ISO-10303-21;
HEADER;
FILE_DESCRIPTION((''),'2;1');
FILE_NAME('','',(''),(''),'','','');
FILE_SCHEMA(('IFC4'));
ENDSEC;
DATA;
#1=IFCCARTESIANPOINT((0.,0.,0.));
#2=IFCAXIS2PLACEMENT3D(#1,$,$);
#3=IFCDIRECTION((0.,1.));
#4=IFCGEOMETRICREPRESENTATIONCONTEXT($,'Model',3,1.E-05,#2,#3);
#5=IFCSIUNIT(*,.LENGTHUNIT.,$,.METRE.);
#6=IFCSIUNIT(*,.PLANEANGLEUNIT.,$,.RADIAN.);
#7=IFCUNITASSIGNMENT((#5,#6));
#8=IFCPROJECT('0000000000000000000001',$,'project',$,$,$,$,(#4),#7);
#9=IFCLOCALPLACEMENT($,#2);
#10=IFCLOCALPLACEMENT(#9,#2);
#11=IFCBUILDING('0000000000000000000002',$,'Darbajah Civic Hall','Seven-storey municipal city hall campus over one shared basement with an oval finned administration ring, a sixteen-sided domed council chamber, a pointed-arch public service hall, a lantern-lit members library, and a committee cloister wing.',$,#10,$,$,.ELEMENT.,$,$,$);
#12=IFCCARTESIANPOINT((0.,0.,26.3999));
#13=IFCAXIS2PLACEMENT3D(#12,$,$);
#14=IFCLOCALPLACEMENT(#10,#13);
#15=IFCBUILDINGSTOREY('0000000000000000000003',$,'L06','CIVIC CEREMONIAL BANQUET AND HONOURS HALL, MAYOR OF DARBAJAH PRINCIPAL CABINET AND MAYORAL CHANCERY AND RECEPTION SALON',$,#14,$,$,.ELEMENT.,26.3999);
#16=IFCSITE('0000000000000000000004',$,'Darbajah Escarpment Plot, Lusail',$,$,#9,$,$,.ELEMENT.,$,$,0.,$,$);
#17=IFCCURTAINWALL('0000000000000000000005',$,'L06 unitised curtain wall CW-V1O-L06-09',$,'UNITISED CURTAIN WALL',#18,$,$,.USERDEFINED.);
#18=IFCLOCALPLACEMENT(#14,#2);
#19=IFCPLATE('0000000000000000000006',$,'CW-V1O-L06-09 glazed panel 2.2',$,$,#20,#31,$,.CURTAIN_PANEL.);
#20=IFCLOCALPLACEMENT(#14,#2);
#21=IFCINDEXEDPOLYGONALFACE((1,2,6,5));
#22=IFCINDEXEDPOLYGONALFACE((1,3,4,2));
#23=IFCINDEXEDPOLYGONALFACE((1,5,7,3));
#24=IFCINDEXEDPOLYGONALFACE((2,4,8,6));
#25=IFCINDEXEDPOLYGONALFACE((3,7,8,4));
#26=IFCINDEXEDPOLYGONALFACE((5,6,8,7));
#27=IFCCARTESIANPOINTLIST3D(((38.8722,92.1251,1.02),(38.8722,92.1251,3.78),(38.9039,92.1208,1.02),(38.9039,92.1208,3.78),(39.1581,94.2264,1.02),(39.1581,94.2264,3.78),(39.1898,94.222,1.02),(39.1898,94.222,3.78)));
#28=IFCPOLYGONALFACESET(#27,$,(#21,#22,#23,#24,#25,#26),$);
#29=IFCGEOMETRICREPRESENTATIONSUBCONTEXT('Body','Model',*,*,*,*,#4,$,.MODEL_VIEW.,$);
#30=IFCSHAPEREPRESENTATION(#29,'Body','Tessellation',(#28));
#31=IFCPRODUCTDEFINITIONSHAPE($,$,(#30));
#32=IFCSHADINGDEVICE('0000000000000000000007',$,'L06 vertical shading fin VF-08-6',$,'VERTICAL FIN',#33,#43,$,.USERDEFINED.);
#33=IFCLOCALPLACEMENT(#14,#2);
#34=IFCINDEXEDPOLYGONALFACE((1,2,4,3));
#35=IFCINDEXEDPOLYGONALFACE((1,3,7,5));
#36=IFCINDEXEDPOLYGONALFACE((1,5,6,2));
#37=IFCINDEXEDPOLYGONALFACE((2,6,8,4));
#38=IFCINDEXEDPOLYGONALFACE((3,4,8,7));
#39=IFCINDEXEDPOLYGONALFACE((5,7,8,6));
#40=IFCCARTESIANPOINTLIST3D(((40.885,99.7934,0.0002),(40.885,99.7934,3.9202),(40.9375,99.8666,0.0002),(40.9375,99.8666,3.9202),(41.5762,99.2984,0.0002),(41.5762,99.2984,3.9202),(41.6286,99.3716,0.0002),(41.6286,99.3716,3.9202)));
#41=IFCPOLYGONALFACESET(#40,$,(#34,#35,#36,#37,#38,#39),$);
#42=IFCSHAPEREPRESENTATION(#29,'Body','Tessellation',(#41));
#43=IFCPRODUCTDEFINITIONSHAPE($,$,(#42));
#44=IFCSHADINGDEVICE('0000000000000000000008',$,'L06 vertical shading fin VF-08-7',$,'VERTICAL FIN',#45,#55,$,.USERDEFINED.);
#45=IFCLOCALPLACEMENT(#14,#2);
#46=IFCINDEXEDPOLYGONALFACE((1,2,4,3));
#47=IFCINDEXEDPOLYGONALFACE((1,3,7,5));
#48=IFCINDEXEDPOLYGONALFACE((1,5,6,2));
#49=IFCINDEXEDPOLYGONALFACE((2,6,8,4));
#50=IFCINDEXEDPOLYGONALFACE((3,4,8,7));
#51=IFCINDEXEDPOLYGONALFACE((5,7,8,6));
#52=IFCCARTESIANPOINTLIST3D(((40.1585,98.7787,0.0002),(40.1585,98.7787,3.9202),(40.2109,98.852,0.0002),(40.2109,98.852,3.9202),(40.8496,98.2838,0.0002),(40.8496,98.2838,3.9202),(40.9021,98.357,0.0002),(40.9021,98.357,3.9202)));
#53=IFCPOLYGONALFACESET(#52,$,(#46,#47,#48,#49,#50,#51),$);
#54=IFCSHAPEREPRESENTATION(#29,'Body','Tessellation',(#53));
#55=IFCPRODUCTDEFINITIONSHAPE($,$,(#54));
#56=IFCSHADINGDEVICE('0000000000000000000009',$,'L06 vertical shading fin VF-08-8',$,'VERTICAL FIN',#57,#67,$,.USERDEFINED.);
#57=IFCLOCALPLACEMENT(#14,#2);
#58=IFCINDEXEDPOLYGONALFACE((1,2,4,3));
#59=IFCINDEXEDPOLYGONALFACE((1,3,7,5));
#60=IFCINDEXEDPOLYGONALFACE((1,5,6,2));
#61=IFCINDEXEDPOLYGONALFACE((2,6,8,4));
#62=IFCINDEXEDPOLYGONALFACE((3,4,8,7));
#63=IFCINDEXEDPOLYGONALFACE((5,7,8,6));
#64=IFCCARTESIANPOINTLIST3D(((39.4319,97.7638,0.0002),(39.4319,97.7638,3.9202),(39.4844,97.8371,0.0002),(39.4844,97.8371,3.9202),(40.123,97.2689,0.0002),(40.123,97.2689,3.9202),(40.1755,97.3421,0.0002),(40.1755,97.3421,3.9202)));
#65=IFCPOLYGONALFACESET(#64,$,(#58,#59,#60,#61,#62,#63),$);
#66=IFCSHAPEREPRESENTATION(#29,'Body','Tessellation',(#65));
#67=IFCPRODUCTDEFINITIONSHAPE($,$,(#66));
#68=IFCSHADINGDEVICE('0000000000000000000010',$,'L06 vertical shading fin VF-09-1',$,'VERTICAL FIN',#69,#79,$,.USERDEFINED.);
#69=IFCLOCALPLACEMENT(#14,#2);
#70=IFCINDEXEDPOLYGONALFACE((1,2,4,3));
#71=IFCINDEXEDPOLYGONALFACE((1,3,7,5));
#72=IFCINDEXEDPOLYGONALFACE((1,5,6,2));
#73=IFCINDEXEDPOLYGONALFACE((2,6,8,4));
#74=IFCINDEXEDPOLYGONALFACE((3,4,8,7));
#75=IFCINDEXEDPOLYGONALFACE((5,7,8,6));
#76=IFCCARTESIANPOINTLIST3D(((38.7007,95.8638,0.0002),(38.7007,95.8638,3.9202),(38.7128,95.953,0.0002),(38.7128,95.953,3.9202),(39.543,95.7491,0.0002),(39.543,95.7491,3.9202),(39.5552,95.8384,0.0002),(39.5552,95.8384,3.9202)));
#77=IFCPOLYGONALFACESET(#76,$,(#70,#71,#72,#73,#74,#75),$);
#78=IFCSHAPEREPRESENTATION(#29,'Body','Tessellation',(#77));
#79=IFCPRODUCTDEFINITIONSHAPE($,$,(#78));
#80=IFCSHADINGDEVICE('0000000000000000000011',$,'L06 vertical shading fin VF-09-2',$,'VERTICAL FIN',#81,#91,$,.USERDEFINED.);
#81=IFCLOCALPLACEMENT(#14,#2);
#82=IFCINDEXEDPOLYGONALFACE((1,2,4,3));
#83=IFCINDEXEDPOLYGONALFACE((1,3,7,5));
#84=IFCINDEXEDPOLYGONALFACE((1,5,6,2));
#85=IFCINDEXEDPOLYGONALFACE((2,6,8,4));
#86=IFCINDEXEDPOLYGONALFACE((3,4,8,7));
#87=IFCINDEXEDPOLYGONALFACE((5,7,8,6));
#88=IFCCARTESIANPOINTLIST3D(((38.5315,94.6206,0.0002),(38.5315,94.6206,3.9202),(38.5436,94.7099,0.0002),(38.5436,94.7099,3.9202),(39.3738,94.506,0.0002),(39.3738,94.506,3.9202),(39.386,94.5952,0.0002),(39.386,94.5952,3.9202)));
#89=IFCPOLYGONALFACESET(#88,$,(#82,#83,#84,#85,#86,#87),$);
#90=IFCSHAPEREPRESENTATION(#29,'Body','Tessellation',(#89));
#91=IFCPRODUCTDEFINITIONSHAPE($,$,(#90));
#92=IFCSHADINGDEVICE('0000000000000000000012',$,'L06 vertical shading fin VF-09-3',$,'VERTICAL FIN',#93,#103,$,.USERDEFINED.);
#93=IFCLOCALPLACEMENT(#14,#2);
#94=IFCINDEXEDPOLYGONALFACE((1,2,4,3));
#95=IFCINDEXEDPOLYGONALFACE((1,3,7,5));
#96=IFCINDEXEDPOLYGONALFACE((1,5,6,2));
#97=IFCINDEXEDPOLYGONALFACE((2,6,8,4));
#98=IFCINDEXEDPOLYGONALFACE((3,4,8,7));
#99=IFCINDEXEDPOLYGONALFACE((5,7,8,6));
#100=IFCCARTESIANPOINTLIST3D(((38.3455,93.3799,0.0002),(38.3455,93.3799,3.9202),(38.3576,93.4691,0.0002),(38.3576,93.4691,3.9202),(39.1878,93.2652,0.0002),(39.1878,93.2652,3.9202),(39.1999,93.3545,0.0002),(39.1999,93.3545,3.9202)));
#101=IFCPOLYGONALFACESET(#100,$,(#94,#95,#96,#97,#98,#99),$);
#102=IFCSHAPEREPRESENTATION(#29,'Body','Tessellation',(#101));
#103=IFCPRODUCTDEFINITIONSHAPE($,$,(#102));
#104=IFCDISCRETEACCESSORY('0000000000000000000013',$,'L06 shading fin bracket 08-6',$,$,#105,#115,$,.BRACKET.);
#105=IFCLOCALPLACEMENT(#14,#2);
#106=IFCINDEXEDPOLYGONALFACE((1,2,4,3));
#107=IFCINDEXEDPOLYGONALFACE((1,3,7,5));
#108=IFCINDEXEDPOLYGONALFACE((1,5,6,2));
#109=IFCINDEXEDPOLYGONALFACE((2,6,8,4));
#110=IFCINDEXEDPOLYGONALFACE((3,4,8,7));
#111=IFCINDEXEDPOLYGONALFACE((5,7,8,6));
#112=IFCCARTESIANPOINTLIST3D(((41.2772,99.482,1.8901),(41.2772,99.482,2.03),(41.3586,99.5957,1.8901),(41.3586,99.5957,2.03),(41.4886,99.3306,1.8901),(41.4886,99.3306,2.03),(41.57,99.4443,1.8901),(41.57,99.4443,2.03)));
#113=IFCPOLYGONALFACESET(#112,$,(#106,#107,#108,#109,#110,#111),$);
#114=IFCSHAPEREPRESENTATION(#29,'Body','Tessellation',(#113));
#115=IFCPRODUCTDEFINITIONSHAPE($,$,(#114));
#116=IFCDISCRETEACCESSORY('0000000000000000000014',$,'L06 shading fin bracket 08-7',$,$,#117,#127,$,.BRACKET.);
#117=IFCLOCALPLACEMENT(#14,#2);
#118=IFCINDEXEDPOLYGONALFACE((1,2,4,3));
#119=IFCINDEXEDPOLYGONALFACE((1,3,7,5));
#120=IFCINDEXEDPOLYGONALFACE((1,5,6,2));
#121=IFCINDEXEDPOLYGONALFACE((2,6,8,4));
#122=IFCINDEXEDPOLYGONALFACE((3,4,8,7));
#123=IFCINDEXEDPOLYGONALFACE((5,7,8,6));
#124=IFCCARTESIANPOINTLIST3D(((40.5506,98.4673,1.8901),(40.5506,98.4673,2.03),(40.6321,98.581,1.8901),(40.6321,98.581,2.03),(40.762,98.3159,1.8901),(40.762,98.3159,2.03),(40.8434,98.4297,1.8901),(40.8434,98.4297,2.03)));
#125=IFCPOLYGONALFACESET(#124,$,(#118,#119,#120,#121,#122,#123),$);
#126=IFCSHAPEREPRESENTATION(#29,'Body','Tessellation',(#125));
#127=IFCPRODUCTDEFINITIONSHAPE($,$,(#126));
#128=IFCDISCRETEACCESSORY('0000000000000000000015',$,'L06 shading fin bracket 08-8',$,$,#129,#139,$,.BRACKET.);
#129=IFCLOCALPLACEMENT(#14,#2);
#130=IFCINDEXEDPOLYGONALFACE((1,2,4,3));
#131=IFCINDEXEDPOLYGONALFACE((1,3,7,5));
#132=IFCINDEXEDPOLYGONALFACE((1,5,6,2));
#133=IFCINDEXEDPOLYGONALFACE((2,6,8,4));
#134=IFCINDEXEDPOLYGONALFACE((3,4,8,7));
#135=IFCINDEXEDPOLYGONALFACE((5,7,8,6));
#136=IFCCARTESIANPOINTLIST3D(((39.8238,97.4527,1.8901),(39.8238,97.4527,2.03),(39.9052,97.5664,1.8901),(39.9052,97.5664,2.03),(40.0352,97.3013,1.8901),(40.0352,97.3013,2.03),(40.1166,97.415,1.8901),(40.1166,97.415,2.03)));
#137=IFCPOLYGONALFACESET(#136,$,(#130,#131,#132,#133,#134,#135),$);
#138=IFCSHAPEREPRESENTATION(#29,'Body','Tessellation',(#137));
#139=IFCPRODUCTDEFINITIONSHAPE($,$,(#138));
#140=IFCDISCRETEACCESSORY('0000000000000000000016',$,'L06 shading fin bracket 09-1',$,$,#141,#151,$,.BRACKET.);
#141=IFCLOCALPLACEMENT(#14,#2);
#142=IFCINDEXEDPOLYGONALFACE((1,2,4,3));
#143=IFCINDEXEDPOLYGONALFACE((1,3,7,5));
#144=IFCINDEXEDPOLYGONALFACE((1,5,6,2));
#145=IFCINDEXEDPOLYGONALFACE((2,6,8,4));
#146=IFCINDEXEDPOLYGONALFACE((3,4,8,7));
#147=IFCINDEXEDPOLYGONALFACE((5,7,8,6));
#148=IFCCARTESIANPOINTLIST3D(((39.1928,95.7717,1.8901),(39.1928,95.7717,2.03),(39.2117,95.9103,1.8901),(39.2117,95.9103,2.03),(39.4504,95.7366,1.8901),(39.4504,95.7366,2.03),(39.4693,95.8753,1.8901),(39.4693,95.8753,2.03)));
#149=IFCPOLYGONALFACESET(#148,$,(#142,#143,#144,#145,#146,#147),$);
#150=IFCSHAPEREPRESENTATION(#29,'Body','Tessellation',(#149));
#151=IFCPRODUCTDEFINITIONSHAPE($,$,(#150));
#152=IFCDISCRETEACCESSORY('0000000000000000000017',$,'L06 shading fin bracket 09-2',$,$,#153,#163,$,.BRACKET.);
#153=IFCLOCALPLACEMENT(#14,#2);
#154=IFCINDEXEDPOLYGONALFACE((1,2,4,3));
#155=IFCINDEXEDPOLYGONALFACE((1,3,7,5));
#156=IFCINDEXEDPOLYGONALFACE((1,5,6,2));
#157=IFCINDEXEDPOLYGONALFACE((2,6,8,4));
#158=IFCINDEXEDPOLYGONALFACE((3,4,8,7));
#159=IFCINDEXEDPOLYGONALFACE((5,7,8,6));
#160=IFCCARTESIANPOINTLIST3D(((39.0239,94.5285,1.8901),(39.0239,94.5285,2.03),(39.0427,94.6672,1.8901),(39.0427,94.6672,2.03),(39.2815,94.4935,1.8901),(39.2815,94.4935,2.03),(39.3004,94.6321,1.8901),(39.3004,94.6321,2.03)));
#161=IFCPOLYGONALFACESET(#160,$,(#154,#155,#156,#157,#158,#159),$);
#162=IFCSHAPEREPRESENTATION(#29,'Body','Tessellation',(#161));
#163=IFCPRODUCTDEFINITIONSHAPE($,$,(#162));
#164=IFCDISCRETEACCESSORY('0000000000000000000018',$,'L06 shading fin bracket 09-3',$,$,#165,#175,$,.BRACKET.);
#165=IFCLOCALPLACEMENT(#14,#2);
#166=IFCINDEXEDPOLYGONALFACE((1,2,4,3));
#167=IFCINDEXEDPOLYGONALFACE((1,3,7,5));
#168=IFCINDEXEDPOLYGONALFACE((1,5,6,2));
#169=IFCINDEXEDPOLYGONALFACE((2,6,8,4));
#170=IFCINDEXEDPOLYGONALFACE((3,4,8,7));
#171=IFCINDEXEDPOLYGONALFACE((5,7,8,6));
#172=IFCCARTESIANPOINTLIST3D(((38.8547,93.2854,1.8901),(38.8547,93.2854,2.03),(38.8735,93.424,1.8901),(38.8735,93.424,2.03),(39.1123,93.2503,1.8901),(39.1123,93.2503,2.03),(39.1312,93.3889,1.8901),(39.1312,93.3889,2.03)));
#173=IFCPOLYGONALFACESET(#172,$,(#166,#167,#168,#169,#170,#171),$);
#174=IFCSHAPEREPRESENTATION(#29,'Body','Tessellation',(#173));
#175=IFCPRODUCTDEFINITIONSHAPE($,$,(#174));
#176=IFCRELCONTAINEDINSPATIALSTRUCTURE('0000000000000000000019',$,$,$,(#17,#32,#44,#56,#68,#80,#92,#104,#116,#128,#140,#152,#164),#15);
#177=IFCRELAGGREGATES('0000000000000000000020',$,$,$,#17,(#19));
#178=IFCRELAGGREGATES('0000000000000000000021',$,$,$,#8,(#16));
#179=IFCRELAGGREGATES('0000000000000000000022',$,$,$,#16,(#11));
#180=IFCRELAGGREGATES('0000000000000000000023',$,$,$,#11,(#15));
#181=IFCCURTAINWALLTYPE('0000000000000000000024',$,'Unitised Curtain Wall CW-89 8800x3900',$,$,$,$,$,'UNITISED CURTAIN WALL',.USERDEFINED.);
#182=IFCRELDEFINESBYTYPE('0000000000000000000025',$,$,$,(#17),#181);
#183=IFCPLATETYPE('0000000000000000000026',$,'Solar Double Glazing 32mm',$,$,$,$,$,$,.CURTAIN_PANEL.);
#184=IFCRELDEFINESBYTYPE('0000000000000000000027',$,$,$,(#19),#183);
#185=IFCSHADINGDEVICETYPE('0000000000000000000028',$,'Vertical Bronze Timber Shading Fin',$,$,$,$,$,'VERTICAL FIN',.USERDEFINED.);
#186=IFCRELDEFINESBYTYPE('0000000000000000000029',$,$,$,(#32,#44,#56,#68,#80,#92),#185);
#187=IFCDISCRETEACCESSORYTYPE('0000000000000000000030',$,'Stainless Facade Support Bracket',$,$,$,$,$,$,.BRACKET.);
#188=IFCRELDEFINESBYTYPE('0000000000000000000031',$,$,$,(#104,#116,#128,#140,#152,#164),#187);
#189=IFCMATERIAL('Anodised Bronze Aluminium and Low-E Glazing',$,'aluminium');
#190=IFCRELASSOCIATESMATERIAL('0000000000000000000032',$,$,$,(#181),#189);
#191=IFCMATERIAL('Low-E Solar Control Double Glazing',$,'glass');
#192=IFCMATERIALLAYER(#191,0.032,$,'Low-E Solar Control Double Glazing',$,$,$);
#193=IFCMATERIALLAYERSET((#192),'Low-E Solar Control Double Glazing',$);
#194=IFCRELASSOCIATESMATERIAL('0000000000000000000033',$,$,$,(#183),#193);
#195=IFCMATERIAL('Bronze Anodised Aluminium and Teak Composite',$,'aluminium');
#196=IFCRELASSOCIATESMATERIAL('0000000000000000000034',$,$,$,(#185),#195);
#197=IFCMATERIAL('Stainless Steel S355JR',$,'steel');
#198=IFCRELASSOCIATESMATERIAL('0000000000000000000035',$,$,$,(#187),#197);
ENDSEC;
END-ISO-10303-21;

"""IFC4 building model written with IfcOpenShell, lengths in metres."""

from ifc_helpers import new_model, si_unit, direction, frame, origin, origin_2d, place, context, subcontext, project, spatial, rectangle, extrude, material, layer, layer_set, type_object, element, aggregate, save


model = new_model("IFC4")

# Units and contexts
model_context = context("Model", 3, precision=1e-05, world=origin(), true_north=direction((0.0, 1.0)))
body_context = subcontext(model_context, "Body", "Model", "MODEL_VIEW")
ifc_project = project(units=[si_unit("LENGTHUNIT", "METRE"), si_unit("PLANEANGLEUNIT", "RADIAN")], contexts=[model_context])

# Site, building, storey
site_placement = place(None, origin())
site = spatial("IfcSite", under=ifc_project, at=site_placement, Name="Darbajah Escarpment Plot, Lusail", CompositionType="ELEMENT", RefElevation=0.0)
building_placement = place(site_placement, origin())
building = spatial("IfcBuilding", under=site, at=building_placement, Name="Darbajah Civic Hall", Description="Seven-storey municipal city hall campus over one shared basement with an oval finned administration ring, a sixteen-sided domed council chamber, a pointed-arch public service hall, a lantern-lit members library, and a committee cloister wing.", CompositionType="ELEMENT")
storey_placement = place(building_placement, frame((0.0, 0.0, 26.3999)))
storey = spatial("IfcBuildingStorey", under=building, at=storey_placement, Name="L06", Description="CIVIC CEREMONIAL BANQUET AND HONOURS HALL, MAYOR OF DARBAJAH PRINCIPAL CABINET AND MAYORAL CHANCERY AND RECEPTION SALON", CompositionType="ELEMENT", Elevation=26.3999)

# Curtain wall
ifc_material_1 = material(Name="Anodised Bronze Aluminium and Low-E Glazing", Category="aluminium")
curtain_wall_type_1 = type_object("IfcCurtainWallType", Name="Unitised Curtain Wall CW-89 8800x3900", ElementType="UNITISED CURTAIN WALL", PredefinedType="USERDEFINED", material=ifc_material_1)
curtain_wall_1_placement = place(storey_placement, origin())
curtain_wall_1 = element("IfcCurtainWall", 1, at=curtain_wall_1_placement, inside=storey, type_object=curtain_wall_type_1, Name="L06 unitised curtain wall CW-V1O-L06-09", ObjectType="UNITISED CURTAIN WALL", PredefinedType="USERDEFINED")

# Plate
ifc_material_2 = material(Name="Low-E Solar Control Double Glazing", Category="glass")
ifc_layer_1 = layer(ifc_material_2, 0.032, Name="Low-E Solar Control Double Glazing")
ifc_layer_set_1 = layer_set([ifc_layer_1], Name="Low-E Solar Control Double Glazing")
plate_type_1 = type_object("IfcPlateType", Name="Solar Double Glazing 32mm", PredefinedType="CURTAIN_PANEL", material=ifc_layer_set_1)
plate_1_placement = place(storey_placement, frame((39.031, 93.1736, 1.02), z_axis=(0.0, 0.0, 1.0), x_axis=(-0.134851, -0.990866, 0.0)))
plate_1 = element("IfcPlate", 2, at=plate_1_placement, type_object=plate_type_1, Name="CW-V1O-L06-09 glazed panel 2.2", PredefinedType="CURTAIN_PANEL", context=body_context, shape_type="SweptSolid", body=[
    extrude(rectangle(XDim=2.1206, YDim=0.032, at=origin_2d()), origin(), (0.0, 0.0, 1.0), 2.76),
])
aggregate(curtain_wall_1, [plate_1])

# Shading devices
ifc_material_3 = material(Name="Bronze Anodised Aluminium and Teak Composite", Category="aluminium")
shading_device_type = type_object("IfcShadingDeviceType", Name="Vertical Bronze Timber Shading Fin", ElementType="VERTICAL FIN", PredefinedType="USERDEFINED", material=ifc_material_3)
for number, where, z_axis, x_axis, name in (
    (3, (41.2568, 99.5825, 0.0002), (0.0, 0.0, 1.0), (-0.812999, 0.582265, 0.0), "L06 vertical shading fin VF-08-6"),
    (4, (40.5303, 98.5679, 0.0002), (0.0, 0.0, 1.0), (-0.812999, 0.582265, 0.0), "L06 vertical shading fin VF-08-7"),
    (5, (39.8037, 97.553, 0.0002), (0.0, 0.0, 1.0), (-0.812999, 0.582265, 0.0), "L06 vertical shading fin VF-08-8"),
    (6, (39.1279, 95.8511, 0.0002), (0.0, 0.0, 1.0), (-0.990866, 0.134851, 0.0), "L06 vertical shading fin VF-09-1"),
    (7, (38.9587, 94.6079, 0.0002), (0.0, 0.0, 1.0), (-0.990866, 0.134851, 0.0), "L06 vertical shading fin VF-09-2"),
    (8, (38.7727, 93.3672, 0.0002), (0.0, 0.0, 1.0), (-0.990866, 0.134851, 0.0), "L06 vertical shading fin VF-09-3"),
):
    element("IfcShadingDevice", number, at=place(storey_placement, frame(where, z_axis=z_axis, x_axis=x_axis)), inside=storey, type_object=shading_device_type, Name=name, ObjectType="VERTICAL FIN", PredefinedType="USERDEFINED", context=body_context, shape_type="SweptSolid", body=[
        extrude(rectangle(XDim=0.8501, YDim=0.0901, at=origin_2d()), origin(), (0.0, 0.0, 1.0), 3.9199),
    ])

# Discrete accessories
ifc_material_4 = material(Name="Stainless Steel S355JR", Category="steel")
discrete_accessory_type = type_object("IfcDiscreteAccessoryType", Name="Stainless Facade Support Bracket", PredefinedType="BRACKET", material=ifc_material_4)
for number, where, z_axis, x_axis, name in (
    (9, (41.4236, 99.4631, 1.8901), (0.0, 0.0, 1.0), (-0.812999, 0.582265, 0.0), "L06 shading fin bracket 08-6"),
    (10, (40.697, 98.4485, 1.8901), (0.0, 0.0, 1.0), (-0.812999, 0.582265, 0.0), "L06 shading fin bracket 08-7"),
    (11, (39.9702, 97.4338, 1.8901), (0.0, 0.0, 1.0), (-0.812999, 0.582265, 0.0), "L06 shading fin bracket 08-8"),
    (12, (39.3311, 95.8235, 1.8901), (0.0, 0.0, 1.0), (-0.990866, 0.134851, 0.0), "L06 shading fin bracket 09-1"),
    (13, (39.1621, 94.5803, 1.8901), (0.0, 0.0, 1.0), (-0.990866, 0.134851, 0.0), "L06 shading fin bracket 09-2"),
    (14, (38.9929, 93.3372, 1.8901), (0.0, 0.0, 1.0), (-0.990866, 0.134851, 0.0), "L06 shading fin bracket 09-3"),
):
    element("IfcDiscreteAccessory", number, at=place(storey_placement, frame(where, z_axis=z_axis, x_axis=x_axis)), inside=storey, type_object=discrete_accessory_type, Name=name, PredefinedType="BRACKET", context=body_context, shape_type="SweptSolid", body=[
        extrude(rectangle(XDim=0.26, YDim=0.1399, at=origin_2d()), origin(), (0.0, 0.0, 1.0), 0.1399),
    ])

save(model, "model.ifc")
